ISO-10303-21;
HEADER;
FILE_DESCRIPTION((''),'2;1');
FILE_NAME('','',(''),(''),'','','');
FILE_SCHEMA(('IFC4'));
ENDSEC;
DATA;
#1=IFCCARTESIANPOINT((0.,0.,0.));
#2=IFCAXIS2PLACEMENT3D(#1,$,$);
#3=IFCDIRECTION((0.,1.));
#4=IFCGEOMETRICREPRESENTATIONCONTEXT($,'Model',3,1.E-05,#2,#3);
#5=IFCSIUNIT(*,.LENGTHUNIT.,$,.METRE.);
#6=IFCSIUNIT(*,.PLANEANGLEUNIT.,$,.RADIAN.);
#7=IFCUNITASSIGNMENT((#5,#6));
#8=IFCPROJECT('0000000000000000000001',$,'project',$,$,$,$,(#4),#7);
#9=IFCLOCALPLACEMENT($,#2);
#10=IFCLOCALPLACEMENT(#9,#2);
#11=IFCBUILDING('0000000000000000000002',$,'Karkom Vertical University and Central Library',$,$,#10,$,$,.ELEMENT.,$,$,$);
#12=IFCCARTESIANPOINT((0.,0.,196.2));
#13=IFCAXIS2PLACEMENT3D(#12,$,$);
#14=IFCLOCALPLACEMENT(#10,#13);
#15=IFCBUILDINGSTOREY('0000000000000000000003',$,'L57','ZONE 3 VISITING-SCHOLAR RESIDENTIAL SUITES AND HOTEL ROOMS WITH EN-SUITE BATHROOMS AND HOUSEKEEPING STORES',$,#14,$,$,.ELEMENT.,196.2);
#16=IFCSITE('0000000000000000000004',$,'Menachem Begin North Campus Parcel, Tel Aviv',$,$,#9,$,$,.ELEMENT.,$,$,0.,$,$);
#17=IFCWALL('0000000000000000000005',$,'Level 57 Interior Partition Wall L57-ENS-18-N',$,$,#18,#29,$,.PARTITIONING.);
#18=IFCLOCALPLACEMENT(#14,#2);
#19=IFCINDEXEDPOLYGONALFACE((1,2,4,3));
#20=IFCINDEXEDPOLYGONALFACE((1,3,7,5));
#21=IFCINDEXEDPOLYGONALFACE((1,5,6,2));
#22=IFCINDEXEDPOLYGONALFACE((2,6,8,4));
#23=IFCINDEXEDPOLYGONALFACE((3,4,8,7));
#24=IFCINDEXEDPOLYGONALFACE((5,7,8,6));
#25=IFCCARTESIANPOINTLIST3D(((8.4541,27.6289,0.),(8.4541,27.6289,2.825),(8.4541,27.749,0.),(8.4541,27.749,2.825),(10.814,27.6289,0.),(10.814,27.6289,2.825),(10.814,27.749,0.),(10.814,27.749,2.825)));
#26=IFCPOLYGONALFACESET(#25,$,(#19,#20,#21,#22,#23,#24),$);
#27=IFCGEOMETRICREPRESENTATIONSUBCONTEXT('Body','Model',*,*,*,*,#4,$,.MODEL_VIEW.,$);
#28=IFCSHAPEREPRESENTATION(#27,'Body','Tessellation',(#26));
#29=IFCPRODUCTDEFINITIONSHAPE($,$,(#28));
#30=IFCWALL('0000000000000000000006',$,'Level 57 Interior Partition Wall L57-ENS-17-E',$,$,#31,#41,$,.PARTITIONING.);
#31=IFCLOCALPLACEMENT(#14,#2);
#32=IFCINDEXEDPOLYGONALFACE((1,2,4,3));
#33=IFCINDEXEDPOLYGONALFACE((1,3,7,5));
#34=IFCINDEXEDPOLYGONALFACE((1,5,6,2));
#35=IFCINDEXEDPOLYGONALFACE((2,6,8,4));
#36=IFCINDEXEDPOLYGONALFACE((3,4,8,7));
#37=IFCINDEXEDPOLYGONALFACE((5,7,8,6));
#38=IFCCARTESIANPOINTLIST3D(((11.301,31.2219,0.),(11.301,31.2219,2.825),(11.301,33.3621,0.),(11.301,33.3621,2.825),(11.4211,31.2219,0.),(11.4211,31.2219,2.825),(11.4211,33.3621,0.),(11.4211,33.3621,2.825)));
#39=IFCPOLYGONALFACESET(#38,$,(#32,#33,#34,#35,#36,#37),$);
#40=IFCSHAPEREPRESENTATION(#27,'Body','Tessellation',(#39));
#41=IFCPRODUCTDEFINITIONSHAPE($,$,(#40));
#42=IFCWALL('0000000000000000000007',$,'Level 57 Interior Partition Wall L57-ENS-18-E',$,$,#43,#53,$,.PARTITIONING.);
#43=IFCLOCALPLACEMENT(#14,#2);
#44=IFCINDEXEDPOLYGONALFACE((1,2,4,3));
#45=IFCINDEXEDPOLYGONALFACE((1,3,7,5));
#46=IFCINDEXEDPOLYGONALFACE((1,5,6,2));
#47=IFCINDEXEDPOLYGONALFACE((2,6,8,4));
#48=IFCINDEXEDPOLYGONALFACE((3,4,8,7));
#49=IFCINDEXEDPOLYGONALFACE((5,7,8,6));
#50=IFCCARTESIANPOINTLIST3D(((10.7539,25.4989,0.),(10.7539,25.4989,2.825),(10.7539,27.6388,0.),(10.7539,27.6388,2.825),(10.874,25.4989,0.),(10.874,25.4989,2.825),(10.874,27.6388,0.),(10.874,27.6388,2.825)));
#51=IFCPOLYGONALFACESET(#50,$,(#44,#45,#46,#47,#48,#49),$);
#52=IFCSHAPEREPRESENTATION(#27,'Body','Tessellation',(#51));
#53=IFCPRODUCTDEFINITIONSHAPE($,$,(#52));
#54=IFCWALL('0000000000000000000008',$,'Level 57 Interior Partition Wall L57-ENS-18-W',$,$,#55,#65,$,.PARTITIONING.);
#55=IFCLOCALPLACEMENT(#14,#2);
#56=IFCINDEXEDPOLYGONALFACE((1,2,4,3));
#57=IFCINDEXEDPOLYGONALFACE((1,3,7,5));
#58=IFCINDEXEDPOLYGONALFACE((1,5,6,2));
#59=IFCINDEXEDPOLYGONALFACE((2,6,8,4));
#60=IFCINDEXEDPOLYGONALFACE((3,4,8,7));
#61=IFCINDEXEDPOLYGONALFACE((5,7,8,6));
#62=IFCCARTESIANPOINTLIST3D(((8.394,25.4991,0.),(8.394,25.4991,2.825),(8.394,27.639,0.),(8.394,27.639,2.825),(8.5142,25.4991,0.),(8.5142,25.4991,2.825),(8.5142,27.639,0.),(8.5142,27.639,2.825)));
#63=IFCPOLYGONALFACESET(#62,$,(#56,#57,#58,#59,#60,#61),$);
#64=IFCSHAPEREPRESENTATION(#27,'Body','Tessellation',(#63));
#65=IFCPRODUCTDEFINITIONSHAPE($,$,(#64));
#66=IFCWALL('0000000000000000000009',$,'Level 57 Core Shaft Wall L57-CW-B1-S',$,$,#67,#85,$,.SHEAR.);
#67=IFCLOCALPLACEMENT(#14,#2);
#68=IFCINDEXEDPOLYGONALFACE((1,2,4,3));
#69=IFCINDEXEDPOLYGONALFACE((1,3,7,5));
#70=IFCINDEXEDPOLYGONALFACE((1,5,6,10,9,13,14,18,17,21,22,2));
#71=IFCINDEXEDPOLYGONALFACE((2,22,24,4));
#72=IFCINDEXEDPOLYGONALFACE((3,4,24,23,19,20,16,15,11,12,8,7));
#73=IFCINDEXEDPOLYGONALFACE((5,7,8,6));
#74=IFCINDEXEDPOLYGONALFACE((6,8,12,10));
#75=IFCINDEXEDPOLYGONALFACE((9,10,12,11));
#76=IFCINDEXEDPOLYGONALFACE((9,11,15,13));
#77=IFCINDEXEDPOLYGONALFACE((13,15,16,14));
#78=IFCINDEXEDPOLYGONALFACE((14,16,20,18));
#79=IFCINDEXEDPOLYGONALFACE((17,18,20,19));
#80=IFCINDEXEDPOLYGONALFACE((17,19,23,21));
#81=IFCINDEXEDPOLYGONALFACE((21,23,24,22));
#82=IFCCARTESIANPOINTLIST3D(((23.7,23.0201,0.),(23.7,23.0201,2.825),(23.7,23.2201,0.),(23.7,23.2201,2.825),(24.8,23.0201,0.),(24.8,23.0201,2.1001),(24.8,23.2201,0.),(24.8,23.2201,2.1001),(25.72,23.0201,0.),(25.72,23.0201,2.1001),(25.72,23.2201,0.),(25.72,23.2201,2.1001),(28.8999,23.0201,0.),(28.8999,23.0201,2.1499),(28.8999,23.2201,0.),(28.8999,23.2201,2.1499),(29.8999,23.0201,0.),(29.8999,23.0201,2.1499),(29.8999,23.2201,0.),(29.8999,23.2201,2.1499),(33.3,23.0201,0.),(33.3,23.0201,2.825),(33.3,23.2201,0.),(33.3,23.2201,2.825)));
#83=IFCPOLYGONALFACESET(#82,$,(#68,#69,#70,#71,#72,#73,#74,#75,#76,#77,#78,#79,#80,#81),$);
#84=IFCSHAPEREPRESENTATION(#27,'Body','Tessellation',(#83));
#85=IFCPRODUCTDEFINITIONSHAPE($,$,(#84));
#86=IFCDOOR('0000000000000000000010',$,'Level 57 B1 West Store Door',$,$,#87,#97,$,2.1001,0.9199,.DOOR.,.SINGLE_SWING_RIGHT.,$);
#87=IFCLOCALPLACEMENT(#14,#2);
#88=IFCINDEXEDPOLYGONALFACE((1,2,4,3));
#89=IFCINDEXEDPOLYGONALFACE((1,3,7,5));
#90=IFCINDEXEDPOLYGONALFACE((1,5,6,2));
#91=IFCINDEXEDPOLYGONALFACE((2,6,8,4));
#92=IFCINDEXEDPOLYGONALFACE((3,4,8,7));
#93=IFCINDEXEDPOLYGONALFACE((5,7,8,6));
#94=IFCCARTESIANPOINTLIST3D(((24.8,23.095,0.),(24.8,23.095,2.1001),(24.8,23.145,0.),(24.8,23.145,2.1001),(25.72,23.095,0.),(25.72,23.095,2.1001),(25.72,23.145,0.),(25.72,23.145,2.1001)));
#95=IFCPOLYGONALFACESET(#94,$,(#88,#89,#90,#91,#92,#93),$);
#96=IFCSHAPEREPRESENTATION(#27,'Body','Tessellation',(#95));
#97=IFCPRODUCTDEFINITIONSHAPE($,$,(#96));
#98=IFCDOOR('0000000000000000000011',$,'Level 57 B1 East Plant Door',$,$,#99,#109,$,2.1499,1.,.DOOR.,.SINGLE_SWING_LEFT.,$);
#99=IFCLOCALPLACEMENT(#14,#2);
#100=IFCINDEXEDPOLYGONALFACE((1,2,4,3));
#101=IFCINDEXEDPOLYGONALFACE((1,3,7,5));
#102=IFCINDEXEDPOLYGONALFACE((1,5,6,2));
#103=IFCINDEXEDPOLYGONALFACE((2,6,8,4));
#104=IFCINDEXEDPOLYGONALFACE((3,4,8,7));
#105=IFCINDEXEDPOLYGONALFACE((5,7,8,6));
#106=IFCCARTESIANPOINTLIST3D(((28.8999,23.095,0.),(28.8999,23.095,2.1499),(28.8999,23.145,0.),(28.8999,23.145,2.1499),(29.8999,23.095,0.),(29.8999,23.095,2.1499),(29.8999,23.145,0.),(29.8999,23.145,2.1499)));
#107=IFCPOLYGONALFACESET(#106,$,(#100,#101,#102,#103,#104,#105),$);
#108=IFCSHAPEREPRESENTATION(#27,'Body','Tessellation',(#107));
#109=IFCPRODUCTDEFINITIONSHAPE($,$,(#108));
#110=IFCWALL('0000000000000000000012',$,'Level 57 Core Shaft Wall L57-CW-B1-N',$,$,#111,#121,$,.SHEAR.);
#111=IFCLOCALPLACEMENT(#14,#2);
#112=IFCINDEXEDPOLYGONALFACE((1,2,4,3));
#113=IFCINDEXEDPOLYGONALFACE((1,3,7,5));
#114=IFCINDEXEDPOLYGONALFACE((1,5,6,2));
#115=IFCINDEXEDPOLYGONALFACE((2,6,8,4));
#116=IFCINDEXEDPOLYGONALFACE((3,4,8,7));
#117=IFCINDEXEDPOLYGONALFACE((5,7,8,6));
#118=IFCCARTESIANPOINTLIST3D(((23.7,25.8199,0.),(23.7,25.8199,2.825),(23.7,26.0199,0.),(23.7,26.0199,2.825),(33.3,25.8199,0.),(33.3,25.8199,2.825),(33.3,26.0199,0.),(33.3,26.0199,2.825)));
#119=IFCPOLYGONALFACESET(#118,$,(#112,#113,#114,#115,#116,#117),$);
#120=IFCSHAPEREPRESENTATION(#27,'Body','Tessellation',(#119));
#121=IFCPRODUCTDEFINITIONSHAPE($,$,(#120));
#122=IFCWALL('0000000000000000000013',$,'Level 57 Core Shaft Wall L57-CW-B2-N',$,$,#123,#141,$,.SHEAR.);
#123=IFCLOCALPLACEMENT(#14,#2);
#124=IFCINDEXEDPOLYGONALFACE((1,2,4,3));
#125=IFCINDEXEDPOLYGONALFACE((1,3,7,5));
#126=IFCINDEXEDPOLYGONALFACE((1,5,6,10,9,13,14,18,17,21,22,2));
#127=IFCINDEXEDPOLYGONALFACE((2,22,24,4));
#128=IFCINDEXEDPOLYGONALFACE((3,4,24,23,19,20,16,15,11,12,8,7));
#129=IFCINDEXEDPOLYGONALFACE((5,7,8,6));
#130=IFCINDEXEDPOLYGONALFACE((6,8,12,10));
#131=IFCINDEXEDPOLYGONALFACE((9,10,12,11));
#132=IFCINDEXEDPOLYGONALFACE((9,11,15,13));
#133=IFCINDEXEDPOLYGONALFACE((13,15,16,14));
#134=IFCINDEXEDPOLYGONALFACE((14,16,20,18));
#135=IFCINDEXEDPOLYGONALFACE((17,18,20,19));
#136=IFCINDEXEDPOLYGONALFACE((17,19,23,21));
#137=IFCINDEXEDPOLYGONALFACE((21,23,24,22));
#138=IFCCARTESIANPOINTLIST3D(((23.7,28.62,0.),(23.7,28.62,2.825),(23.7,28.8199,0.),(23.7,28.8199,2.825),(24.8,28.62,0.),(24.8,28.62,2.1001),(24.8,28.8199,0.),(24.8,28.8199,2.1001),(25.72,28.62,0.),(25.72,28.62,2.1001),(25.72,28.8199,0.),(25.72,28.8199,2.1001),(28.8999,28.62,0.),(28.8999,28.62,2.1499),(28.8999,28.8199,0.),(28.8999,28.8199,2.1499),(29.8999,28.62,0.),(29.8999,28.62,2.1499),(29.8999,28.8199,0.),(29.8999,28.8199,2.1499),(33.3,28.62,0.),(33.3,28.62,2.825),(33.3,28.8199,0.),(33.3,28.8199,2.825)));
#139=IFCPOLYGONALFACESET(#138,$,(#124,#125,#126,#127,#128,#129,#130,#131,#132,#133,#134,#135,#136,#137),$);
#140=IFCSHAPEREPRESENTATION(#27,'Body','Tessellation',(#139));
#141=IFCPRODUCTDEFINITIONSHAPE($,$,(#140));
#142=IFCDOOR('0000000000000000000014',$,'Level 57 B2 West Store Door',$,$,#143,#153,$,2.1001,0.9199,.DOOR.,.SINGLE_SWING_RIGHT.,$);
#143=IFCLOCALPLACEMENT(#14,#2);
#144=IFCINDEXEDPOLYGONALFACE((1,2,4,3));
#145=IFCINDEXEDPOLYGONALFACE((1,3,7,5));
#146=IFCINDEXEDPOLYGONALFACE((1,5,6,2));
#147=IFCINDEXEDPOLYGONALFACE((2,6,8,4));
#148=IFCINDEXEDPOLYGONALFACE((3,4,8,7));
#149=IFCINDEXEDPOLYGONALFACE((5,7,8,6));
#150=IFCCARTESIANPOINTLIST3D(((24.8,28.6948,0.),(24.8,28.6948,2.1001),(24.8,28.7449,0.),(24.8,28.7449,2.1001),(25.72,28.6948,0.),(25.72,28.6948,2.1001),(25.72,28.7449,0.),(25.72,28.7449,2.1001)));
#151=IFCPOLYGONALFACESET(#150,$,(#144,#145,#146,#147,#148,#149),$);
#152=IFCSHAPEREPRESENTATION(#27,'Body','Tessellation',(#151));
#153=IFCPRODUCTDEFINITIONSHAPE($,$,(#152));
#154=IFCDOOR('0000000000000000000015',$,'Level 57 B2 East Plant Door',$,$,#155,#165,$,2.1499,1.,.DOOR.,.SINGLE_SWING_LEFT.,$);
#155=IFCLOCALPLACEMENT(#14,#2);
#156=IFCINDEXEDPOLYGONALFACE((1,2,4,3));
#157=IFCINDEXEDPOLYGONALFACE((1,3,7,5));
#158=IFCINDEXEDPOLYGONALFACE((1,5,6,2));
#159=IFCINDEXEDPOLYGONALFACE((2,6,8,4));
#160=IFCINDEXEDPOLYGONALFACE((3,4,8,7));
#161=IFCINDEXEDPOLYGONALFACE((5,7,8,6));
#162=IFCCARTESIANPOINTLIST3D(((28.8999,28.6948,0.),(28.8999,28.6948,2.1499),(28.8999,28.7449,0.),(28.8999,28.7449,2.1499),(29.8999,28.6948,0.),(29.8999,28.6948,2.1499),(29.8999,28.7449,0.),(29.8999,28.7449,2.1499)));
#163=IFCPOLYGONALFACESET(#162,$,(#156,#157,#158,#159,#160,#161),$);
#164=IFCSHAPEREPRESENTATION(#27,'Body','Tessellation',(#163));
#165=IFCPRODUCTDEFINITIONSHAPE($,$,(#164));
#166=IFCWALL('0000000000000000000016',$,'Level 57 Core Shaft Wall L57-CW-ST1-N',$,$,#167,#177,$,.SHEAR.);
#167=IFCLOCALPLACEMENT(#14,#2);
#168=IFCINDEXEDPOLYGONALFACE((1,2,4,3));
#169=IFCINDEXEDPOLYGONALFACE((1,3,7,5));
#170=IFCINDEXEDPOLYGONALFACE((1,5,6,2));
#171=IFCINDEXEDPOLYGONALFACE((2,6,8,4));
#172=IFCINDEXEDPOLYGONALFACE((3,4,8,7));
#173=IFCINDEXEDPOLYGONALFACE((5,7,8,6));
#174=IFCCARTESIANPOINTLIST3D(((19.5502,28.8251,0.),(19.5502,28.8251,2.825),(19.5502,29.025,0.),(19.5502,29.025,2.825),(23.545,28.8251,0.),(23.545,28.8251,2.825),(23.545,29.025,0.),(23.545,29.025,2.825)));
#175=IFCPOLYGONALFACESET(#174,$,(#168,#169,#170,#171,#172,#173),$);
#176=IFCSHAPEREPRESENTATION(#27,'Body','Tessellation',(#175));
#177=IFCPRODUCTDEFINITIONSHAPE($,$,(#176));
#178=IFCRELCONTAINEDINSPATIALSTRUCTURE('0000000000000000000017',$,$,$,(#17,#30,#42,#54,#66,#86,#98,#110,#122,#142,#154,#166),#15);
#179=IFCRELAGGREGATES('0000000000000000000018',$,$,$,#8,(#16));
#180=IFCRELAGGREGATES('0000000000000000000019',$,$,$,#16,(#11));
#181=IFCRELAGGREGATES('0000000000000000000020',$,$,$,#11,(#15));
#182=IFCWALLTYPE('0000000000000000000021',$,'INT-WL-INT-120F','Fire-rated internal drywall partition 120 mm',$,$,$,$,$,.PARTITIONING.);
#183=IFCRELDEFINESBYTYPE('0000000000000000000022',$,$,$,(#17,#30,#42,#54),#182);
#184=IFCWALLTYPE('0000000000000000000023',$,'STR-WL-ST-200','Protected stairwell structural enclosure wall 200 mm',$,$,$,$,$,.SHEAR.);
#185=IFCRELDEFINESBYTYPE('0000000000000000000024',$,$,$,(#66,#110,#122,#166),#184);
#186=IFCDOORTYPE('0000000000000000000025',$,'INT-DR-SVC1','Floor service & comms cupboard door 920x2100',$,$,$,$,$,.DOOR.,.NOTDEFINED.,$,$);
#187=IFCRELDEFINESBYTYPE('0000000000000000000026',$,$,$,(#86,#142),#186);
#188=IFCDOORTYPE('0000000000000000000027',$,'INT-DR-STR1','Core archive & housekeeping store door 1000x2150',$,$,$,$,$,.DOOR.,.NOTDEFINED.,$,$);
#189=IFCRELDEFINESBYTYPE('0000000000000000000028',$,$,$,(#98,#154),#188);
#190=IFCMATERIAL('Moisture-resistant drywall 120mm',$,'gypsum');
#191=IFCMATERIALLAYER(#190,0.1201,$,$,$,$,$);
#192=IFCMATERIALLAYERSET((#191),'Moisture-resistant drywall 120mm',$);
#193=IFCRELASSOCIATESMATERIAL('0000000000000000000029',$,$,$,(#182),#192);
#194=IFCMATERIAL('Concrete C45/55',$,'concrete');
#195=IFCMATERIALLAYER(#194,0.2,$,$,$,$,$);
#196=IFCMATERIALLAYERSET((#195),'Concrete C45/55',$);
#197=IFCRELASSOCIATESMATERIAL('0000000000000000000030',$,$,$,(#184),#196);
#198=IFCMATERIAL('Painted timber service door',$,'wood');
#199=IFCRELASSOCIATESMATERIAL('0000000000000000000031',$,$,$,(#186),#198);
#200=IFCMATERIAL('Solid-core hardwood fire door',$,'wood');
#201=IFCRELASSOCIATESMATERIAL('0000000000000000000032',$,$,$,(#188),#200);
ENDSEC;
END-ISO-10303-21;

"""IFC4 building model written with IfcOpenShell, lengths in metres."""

from ifc_helpers import new_model, si_unit, direction, frame, frame_2d, origin, origin_with_axes, place, context, subcontext, project, spatial, rectangle, extrude, source, transform, mapped, material, layer, layer_set, type_object, element, fill, save


model = new_model("IFC4")

# Units and contexts
model_context = context("Model", 3, precision=1e-05, world=origin(), true_north=direction((0.0, 1.0)))
body_context = subcontext(model_context, "Body", "Model", "MODEL_VIEW")
ifc_project = project(units=[si_unit("LENGTHUNIT", "METRE"), si_unit("PLANEANGLEUNIT", "RADIAN")], contexts=[model_context])

# Site, building, storey
site_placement = place(None, origin())
site = spatial("IfcSite", under=ifc_project, at=site_placement, Name="Menachem Begin North Campus Parcel, Tel Aviv", CompositionType="ELEMENT", RefElevation=0.0)
building_placement = place(site_placement, origin())
building = spatial("IfcBuilding", under=site, at=building_placement, Name="Karkom Vertical University and Central Library", CompositionType="ELEMENT")
storey_placement = place(building_placement, frame((0.0, 0.0, 196.2)))
storey = spatial("IfcBuildingStorey", under=building, at=storey_placement, Name="L57", Description="ZONE 3 VISITING-SCHOLAR RESIDENTIAL SUITES AND HOTEL ROOMS WITH EN-SUITE BATHROOMS AND HOUSEKEEPING STORES", CompositionType="ELEMENT", Elevation=196.2)

# Shared definitions
ifc_material_1 = material(Name="Moisture-resistant drywall 120mm", Category="gypsum")

# Shared definitions
ifc_layer_1 = layer(ifc_material_1, 0.1201)
ifc_layer_set_1 = layer_set([ifc_layer_1], Name="Moisture-resistant drywall 120mm")
wall_type_1 = type_object("IfcWallType", Name="INT-WL-INT-120F", Description="Fire-rated internal drywall partition 120 mm", PredefinedType="PARTITIONING", material=ifc_layer_set_1)

# Walls
wall_1_placement = place(storey_placement, frame((10.814, 27.689, 0.0), z_axis=(0.0, 0.0, 1.0), x_axis=(-1.0, 0.0, 0.0)))
element("IfcWall", 1, at=wall_1_placement, inside=storey, type_object=wall_type_1, Name="Level 57 Interior Partition Wall L57-ENS-18-N", PredefinedType="PARTITIONING", context=body_context, shape_type="SweptSolid", body=[
    extrude(rectangle(XDim=2.3599, YDim=0.1201, at=frame_2d((1.1799, 0.0))), origin(), (0.0, 0.0, 1.0), 2.825),
])
wall_2_placement = place(storey_placement, frame((11.3611, 31.2219, 0.0), z_axis=(0.0, 0.0, 1.0), x_axis=(0.0, 1.0, 0.0)))
element("IfcWall", 2, at=wall_2_placement, inside=storey, type_object=wall_type_1, Name="Level 57 Interior Partition Wall L57-ENS-17-E", PredefinedType="PARTITIONING", context=body_context, shape_type="SweptSolid", body=[
    extrude(rectangle(XDim=2.1401, YDim=0.1201, at=frame_2d((1.0701, 0.0))), origin(), (0.0, 0.0, 1.0), 2.825),
])
for number, where, z_axis, x_axis, name in (
    (3, (10.814, 25.499, 0.0), (0.0, 0.0, 1.0), (0.0, 1.0, 0.0), "Level 57 Interior Partition Wall L57-ENS-18-E"),
    (4, (8.4541, 27.6389, 0.0), (0.0, 0.0, 1.0), (0.0, -1.0, 0.0), "Level 57 Interior Partition Wall L57-ENS-18-W"),
):
    element("IfcWall", number, at=place(storey_placement, frame(where, z_axis=z_axis, x_axis=x_axis)), inside=storey, type_object=wall_type_1, Name=name, PredefinedType="PARTITIONING", context=body_context, shape_type="SweptSolid", body=[
        extrude(rectangle(XDim=2.1399, YDim=0.1201, at=frame_2d((1.0698, 0.0))), origin(), (0.0, 0.0, 1.0), 2.825),
    ])

# Wall, openings, doors
ifc_material_2 = material(Name="Concrete C45/55", Category="concrete")
ifc_layer_2 = layer(ifc_material_2, 0.2)
ifc_layer_set_2 = layer_set([ifc_layer_2], Name="Concrete C45/55")
wall_type_2 = type_object("IfcWallType", Name="STR-WL-ST-200", Description="Protected stairwell structural enclosure wall 200 mm", PredefinedType="SHEAR", material=ifc_layer_set_2)
wall_3_placement = place(storey_placement, frame((23.7, 23.1201, 0.0), z_axis=(0.0, 0.0, 1.0), x_axis=(1.0, 0.0, 0.0)))
wall_3 = element("IfcWall", 5, at=wall_3_placement, inside=storey, type_object=wall_type_2, Name="Level 57 Core Shaft Wall L57-CW-B1-S", PredefinedType="SHEAR", context=body_context, shape_type="SweptSolid", body=[
    extrude(rectangle(XDim=9.6001, YDim=0.2, at=frame_2d((4.8, 0.0))), origin(), (0.0, 0.0, 1.0), 2.825),
])
opening_1_placement = place(wall_3_placement, frame((1.1001, 0.0, 0.0)))
opening_1 = element("IfcOpeningElement", 6, at=opening_1_placement, cuts=wall_3, PredefinedType="OPENING", context=body_context, shape_type="SweptSolid", body=[
    extrude(rectangle(XDim=0.9199, YDim=2.1001, at=frame_2d((0.46, 1.05))), frame((0.0, 0.1099, 0.0), z_axis=(0.0, -1.0, 0.0), x_axis=(1.0, 0.0, 0.0)), (0.0, 0.0, 1.0), 0.22),
])
opening_2_placement = place(wall_3_placement, frame((5.2, 0.0, 0.0)))
opening_2 = element("IfcOpeningElement", 7, at=opening_2_placement, cuts=wall_3, PredefinedType="OPENING", context=body_context, shape_type="SweptSolid", body=[
    extrude(rectangle(XDim=1.0, YDim=2.1499, at=frame_2d((0.5, 1.075))), frame((0.0, 0.1099, 0.0), z_axis=(0.0, -1.0, 0.0), x_axis=(1.0, 0.0, 0.0)), (0.0, 0.0, 1.0), 0.22),
])
ifc_material_3 = material(Name="Painted timber service door", Category="wood")
door_type_1 = type_object("IfcDoorType", Name="INT-DR-SVC1", Description="Floor service & comms cupboard door 920x2100", OperationType="NOTDEFINED", PredefinedType="DOOR", material=ifc_material_3)
shared_shape_1 = source(origin_with_axes(), body_context, "Body", "SweptSolid", [
    extrude(rectangle(XDim=0.9199, YDim=2.1001, at=frame_2d((0.46, 1.05))), frame((0.0, 0.0249, 0.0), z_axis=(0.0, -1.0, 0.0), x_axis=(1.0, 0.0, 0.0)), (0.0, 0.0, 1.0), 0.05),
])
door_1_placement = place(opening_1_placement, origin())
door_1 = element("IfcDoor", 8, at=door_1_placement, inside=storey, type_object=door_type_1, Name="Level 57 B1 West Store Door", OperationType="SINGLE_SWING_RIGHT", OverallHeight=2.1001, OverallWidth=0.9199, PredefinedType="DOOR", context=body_context, shape_type="MappedRepresentation", body=[
    mapped(shared_shape_1, transform((0.0, 0.0, 0.0), scale=1.0)),
])
fill(opening_1, door_1)
ifc_material_4 = material(Name="Solid-core hardwood fire door", Category="wood")
door_type_2 = type_object("IfcDoorType", Name="INT-DR-STR1", Description="Core archive & housekeeping store door 1000x2150", OperationType="NOTDEFINED", PredefinedType="DOOR", material=ifc_material_4)
shared_shape_2 = source(origin_with_axes(), body_context, "Body", "SweptSolid", [
    extrude(rectangle(XDim=1.0, YDim=2.1499, at=frame_2d((0.5, 1.075))), frame((0.0, 0.0249, 0.0), z_axis=(0.0, -1.0, 0.0), x_axis=(1.0, 0.0, 0.0)), (0.0, 0.0, 1.0), 0.05),
])
door_2_placement = place(opening_2_placement, origin())
door_2 = element("IfcDoor", 9, at=door_2_placement, inside=storey, type_object=door_type_2, Name="Level 57 B1 East Plant Door", OperationType="SINGLE_SWING_LEFT", OverallHeight=2.1499, OverallWidth=1.0, PredefinedType="DOOR", context=body_context, shape_type="MappedRepresentation", body=[
    mapped(shared_shape_2, transform((0.0, 0.0, 0.0), scale=1.0)),
])
fill(opening_2, door_2)

# Wall
wall_4_placement = place(storey_placement, frame((23.7, 25.9199, 0.0), z_axis=(0.0, 0.0, 1.0), x_axis=(1.0, 0.0, 0.0)))
element("IfcWall", 10, at=wall_4_placement, inside=storey, type_object=wall_type_2, Name="Level 57 Core Shaft Wall L57-CW-B1-N", PredefinedType="SHEAR", context=body_context, shape_type="SweptSolid", body=[
    extrude(rectangle(XDim=9.6001, YDim=0.2, at=frame_2d((4.8, 0.0))), origin(), (0.0, 0.0, 1.0), 2.825),
])

# Wall, openings, doors
wall_5_placement = place(storey_placement, frame((23.7, 28.72, 0.0), z_axis=(0.0, 0.0, 1.0), x_axis=(1.0, 0.0, 0.0)))
wall_5 = element("IfcWall", 11, at=wall_5_placement, inside=storey, type_object=wall_type_2, Name="Level 57 Core Shaft Wall L57-CW-B2-N", PredefinedType="SHEAR", context=body_context, shape_type="SweptSolid", body=[
    extrude(rectangle(XDim=9.6001, YDim=0.2, at=frame_2d((4.8, 0.0))), origin(), (0.0, 0.0, 1.0), 2.825),
])
opening_3_placement = place(wall_5_placement, frame((1.1001, 0.0, 0.0)))
opening_3 = element("IfcOpeningElement", 12, at=opening_3_placement, cuts=wall_5, PredefinedType="OPENING", context=body_context, shape_type="SweptSolid", body=[
    extrude(rectangle(XDim=0.9199, YDim=2.1001, at=frame_2d((0.46, 1.05))), frame((0.0, 0.1099, 0.0), z_axis=(0.0, -1.0, 0.0), x_axis=(1.0, 0.0, 0.0)), (0.0, 0.0, 1.0), 0.22),
])
opening_4_placement = place(wall_5_placement, frame((5.2, 0.0, 0.0)))
opening_4 = element("IfcOpeningElement", 13, at=opening_4_placement, cuts=wall_5, PredefinedType="OPENING", context=body_context, shape_type="SweptSolid", body=[
    extrude(rectangle(XDim=1.0, YDim=2.1499, at=frame_2d((0.5, 1.075))), frame((0.0, 0.1099, 0.0), z_axis=(0.0, -1.0, 0.0), x_axis=(1.0, 0.0, 0.0)), (0.0, 0.0, 1.0), 0.22),
])
door_3_placement = place(opening_3_placement, origin())
door_3 = element("IfcDoor", 14, at=door_3_placement, inside=storey, type_object=door_type_1, Name="Level 57 B2 West Store Door", OperationType="SINGLE_SWING_RIGHT", OverallHeight=2.1001, OverallWidth=0.9199, PredefinedType="DOOR", context=body_context, shape_type="MappedRepresentation", body=[
    mapped(shared_shape_1, transform((0.0, 0.0, 0.0), scale=1.0)),
])
fill(opening_3, door_3)
door_4_placement = place(opening_4_placement, origin())
door_4 = element("IfcDoor", 15, at=door_4_placement, inside=storey, type_object=door_type_2, Name="Level 57 B2 East Plant Door", OperationType="SINGLE_SWING_LEFT", OverallHeight=2.1499, OverallWidth=1.0, PredefinedType="DOOR", context=body_context, shape_type="MappedRepresentation", body=[
    mapped(shared_shape_2, transform((0.0, 0.0, 0.0), scale=1.0)),
])
fill(opening_4, door_4)

# Wall
wall_6_placement = place(storey_placement, frame((19.55, 28.925, 0.0), z_axis=(0.0, 0.0, 1.0), x_axis=(1.0, 0.0, 0.0)))
element("IfcWall", 16, at=wall_6_placement, inside=storey, type_object=wall_type_2, Name="Level 57 Core Shaft Wall L57-CW-ST1-N", PredefinedType="SHEAR", context=body_context, shape_type="SweptSolid", body=[
    extrude(rectangle(XDim=3.9949, YDim=0.2, at=frame_2d((1.9976, 0.0))), origin(), (0.0, 0.0, 1.0), 2.825),
])

save(model, "model.ifc")
